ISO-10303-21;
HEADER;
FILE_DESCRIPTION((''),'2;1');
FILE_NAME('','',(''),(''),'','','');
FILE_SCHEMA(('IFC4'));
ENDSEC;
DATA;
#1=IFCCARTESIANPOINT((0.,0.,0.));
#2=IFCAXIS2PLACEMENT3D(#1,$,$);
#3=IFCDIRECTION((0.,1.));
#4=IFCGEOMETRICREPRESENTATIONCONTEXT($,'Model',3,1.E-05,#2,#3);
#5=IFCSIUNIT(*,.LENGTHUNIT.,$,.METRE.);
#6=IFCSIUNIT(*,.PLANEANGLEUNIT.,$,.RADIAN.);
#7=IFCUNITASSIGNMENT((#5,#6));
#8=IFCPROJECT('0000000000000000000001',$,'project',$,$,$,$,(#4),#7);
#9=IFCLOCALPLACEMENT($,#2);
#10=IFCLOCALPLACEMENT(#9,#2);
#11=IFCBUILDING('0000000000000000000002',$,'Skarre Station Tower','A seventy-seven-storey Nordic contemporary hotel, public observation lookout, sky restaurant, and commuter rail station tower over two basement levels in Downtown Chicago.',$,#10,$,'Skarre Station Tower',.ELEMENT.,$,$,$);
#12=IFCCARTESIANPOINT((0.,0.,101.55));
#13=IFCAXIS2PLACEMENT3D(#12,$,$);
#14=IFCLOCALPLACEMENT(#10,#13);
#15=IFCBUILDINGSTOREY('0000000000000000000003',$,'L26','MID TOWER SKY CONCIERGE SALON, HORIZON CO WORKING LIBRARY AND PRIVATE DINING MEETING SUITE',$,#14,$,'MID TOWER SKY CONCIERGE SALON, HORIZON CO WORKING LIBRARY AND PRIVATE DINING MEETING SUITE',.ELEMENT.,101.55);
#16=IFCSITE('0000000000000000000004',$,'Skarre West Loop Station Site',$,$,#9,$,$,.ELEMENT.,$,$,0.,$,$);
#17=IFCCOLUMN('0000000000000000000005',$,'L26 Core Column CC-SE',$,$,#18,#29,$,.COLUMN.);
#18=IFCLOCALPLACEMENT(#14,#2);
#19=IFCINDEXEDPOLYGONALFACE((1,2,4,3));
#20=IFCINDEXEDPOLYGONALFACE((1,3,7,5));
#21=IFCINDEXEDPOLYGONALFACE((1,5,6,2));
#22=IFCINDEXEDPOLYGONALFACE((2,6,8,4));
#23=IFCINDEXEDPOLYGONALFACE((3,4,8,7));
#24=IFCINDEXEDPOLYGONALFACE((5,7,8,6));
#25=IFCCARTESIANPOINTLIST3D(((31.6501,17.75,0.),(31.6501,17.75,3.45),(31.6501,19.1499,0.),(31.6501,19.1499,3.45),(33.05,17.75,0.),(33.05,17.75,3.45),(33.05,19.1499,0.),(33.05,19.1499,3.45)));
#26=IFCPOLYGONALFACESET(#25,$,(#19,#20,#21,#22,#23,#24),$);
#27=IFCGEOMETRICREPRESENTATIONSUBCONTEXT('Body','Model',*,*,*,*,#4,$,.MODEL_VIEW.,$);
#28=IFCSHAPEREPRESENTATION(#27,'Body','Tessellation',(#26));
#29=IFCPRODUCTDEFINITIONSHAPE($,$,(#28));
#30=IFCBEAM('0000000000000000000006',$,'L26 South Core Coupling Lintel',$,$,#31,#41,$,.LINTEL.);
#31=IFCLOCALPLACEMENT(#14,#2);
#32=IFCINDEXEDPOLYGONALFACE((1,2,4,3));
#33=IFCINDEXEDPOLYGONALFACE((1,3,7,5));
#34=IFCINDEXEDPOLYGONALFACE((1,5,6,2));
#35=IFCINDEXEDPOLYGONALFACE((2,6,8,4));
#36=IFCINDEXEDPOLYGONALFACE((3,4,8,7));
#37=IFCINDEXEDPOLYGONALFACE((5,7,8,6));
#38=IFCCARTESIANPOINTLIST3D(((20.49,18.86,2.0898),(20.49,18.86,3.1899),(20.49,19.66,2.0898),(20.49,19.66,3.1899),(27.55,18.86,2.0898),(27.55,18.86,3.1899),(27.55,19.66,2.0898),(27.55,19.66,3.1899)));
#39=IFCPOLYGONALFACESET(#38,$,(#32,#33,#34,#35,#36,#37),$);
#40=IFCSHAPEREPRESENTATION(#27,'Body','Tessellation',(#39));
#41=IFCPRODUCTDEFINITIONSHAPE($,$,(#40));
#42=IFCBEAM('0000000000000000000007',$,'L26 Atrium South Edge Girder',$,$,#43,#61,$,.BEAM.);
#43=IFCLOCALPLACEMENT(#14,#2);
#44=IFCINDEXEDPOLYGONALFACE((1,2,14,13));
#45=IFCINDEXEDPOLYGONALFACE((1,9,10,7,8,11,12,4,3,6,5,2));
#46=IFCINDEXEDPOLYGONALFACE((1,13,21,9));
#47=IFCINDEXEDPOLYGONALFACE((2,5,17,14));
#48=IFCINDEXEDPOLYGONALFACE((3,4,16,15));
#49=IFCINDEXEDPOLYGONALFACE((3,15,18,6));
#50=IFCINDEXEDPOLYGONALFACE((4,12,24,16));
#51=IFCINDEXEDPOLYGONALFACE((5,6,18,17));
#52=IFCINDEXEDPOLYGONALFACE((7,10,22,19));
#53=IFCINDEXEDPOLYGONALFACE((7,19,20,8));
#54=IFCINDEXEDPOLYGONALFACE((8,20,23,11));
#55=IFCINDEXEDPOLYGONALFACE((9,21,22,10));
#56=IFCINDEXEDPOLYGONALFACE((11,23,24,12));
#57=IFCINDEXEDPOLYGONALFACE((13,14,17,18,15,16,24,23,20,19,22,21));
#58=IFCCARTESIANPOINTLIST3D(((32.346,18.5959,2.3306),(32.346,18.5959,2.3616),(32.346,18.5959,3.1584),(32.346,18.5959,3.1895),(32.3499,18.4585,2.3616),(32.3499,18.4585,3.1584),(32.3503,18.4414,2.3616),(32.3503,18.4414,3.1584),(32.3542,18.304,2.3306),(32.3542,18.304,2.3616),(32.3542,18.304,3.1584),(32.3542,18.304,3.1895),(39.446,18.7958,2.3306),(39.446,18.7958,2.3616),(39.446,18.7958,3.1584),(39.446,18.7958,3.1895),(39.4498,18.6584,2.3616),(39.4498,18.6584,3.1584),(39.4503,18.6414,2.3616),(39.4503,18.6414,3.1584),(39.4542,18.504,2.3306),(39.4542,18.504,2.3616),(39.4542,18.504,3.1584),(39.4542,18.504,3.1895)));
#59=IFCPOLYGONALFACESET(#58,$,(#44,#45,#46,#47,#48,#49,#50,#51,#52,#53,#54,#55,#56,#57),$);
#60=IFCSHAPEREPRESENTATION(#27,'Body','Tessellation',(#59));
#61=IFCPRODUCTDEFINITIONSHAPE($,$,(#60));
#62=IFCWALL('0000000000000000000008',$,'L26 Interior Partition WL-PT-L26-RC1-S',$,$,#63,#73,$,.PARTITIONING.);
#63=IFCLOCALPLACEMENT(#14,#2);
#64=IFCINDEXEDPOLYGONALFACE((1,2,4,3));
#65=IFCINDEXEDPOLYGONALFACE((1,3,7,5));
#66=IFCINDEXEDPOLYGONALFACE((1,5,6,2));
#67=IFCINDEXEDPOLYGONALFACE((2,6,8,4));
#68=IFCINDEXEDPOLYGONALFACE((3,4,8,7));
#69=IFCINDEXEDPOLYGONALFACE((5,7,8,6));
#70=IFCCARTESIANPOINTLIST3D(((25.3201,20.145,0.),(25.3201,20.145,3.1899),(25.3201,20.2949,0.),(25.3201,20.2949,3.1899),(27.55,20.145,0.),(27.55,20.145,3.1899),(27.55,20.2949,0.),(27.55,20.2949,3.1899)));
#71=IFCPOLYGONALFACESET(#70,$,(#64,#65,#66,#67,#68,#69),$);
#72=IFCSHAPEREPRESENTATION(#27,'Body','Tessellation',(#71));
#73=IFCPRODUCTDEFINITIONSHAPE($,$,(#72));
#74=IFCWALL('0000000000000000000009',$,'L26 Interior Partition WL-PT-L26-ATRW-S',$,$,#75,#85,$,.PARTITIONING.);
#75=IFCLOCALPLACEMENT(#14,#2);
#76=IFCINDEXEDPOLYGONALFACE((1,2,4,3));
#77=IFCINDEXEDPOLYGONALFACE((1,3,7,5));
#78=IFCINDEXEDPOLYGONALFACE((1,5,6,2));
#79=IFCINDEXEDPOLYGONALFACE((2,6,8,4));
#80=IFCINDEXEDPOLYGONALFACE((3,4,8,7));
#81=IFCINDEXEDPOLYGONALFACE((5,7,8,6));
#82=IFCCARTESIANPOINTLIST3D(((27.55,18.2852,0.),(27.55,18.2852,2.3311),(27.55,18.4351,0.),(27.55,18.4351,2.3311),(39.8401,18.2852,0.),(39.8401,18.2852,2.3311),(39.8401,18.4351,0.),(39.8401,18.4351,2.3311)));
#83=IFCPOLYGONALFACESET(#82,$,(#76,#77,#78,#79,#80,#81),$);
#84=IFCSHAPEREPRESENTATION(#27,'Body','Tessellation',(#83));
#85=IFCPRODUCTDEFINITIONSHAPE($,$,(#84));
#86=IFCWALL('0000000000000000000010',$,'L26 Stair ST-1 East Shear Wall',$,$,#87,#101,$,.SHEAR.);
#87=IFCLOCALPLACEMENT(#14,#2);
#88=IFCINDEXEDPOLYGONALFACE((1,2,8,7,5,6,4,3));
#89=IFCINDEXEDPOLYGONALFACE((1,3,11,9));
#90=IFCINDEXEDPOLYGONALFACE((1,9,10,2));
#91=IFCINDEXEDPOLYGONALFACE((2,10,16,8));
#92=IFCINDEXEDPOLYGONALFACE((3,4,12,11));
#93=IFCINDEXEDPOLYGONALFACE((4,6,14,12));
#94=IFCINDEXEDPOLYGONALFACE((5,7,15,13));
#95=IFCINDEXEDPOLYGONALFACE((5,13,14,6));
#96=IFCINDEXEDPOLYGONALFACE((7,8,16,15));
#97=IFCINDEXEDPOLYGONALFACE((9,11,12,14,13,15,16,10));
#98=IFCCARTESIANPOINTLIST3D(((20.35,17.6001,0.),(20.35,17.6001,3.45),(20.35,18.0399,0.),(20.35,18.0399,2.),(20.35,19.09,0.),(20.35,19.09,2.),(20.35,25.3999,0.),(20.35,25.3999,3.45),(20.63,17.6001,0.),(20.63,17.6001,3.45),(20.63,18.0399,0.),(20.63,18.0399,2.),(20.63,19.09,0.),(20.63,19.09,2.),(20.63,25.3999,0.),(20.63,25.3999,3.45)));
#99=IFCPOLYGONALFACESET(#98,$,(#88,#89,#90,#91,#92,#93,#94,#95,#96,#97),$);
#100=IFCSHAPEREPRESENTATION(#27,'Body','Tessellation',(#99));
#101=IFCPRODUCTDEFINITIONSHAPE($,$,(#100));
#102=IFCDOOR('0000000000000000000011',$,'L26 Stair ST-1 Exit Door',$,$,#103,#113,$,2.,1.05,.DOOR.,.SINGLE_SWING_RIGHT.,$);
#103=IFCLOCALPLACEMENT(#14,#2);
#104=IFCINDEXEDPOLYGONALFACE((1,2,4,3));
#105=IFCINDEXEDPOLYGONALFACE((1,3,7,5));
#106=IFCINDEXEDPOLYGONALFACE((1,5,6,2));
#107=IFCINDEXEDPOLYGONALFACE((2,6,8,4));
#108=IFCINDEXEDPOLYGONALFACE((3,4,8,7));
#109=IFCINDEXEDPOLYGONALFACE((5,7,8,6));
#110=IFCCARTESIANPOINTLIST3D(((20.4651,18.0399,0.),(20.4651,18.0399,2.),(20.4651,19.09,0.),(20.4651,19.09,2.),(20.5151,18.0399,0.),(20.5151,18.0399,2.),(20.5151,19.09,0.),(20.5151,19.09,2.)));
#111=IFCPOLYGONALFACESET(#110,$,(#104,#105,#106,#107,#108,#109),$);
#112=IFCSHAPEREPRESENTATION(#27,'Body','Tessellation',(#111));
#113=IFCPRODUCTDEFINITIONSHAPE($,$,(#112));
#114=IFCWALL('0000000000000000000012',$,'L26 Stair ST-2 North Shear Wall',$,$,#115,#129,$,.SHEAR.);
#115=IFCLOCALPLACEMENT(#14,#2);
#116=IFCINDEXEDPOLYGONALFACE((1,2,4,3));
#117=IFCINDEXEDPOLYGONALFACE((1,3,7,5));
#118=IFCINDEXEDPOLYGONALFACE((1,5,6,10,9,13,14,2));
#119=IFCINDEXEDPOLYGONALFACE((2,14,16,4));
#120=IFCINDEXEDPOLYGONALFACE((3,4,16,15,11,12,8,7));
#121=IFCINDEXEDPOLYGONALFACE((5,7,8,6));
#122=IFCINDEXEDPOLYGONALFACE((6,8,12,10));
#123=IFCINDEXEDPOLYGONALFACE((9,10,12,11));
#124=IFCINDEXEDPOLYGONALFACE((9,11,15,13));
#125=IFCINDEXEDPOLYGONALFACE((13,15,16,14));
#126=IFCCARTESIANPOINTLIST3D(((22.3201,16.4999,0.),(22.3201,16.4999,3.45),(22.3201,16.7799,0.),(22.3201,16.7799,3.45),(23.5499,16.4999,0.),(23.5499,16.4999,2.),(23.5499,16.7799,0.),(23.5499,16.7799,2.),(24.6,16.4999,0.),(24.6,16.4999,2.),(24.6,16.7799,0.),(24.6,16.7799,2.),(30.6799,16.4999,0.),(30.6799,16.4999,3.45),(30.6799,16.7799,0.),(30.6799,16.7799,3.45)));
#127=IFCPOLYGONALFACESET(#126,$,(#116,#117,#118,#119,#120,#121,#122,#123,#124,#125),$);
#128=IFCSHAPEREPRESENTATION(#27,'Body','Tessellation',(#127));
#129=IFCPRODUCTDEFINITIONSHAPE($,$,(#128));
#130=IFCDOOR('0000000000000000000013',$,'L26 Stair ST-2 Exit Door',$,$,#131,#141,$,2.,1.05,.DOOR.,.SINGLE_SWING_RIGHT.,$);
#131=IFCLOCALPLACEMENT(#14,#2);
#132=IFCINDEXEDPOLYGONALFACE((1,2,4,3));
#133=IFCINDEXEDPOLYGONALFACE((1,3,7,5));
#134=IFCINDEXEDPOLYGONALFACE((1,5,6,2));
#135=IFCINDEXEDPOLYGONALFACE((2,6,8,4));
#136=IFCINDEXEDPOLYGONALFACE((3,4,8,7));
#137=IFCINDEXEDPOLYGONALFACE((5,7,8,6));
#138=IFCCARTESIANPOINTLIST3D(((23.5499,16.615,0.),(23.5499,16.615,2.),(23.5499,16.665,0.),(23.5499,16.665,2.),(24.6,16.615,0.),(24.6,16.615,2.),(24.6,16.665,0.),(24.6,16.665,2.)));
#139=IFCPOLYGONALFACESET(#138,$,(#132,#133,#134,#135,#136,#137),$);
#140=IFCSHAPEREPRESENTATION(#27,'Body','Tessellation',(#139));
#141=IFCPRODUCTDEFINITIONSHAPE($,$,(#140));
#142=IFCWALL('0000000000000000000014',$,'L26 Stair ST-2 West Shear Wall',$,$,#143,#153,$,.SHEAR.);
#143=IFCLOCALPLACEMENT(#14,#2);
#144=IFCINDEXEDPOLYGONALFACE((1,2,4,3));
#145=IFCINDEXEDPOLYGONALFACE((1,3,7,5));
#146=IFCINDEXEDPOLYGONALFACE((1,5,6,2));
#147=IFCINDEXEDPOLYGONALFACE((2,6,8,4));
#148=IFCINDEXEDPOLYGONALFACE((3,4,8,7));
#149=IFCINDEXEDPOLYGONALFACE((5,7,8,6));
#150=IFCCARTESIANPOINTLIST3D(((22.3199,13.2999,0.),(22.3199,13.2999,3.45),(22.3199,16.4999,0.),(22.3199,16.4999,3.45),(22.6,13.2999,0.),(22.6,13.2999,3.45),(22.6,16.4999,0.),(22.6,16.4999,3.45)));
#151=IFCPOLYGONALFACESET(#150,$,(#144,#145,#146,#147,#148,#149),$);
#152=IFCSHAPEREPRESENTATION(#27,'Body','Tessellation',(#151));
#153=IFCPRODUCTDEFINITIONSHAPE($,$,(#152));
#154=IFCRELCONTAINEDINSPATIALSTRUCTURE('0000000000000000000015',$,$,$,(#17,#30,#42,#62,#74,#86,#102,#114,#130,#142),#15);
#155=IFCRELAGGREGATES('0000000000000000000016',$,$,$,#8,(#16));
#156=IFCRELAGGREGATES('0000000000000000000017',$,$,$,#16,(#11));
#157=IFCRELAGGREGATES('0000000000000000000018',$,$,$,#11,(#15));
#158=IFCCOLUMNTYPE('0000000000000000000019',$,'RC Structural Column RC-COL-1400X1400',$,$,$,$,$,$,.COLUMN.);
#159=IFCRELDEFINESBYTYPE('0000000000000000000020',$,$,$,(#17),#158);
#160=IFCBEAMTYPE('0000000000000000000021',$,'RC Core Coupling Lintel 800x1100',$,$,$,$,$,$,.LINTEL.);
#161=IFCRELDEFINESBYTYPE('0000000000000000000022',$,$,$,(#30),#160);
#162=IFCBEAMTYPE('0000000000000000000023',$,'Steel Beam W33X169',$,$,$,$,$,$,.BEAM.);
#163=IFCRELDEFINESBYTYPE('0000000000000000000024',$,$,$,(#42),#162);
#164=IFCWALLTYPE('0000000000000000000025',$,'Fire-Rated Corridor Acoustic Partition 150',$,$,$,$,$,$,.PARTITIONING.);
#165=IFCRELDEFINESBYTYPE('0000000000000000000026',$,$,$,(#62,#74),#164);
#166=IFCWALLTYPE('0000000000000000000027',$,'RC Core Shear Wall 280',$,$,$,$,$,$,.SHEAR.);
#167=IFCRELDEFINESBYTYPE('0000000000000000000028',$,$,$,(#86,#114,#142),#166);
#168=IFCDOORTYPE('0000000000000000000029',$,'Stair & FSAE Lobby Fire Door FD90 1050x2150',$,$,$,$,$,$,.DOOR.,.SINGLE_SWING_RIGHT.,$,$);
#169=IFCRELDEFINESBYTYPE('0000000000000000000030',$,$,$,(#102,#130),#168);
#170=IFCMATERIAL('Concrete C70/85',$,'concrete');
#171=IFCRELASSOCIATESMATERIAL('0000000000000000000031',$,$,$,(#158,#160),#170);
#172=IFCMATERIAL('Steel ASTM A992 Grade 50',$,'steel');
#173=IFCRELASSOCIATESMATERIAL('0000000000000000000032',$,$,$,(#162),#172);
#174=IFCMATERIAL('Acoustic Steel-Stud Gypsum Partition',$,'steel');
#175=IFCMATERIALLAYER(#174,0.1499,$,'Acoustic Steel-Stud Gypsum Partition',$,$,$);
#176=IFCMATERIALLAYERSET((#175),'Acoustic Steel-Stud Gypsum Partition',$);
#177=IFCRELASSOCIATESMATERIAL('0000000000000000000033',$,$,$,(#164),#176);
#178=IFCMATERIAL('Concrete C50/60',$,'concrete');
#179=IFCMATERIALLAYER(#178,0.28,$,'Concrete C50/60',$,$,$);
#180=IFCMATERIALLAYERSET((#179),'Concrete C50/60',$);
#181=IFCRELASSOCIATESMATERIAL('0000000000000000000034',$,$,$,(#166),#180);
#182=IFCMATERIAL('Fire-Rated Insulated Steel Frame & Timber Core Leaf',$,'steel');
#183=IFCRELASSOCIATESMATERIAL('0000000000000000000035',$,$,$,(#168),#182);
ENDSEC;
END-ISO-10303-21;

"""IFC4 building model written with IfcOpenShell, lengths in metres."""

from ifc_helpers import new_model, si_unit, direction, frame, frame_2d, origin, origin_2d, place, context, subcontext, project, spatial, rectangle, i_section, extrude, material, layer, layer_set, material_profile, profile_set, type_object, element, fill, save


model = new_model("IFC4")

# Units and contexts
model_context = context("Model", 3, precision=1e-05, world=origin(), true_north=direction((0.0, 1.0)))
body_context = subcontext(model_context, "Body", "Model", "MODEL_VIEW")
ifc_project = project(units=[si_unit("LENGTHUNIT", "METRE"), si_unit("PLANEANGLEUNIT", "RADIAN")], contexts=[model_context])

# Site, building, storey
site_placement = place(None, origin())
site = spatial("IfcSite", under=ifc_project, at=site_placement, Name="Skarre West Loop Station Site", CompositionType="ELEMENT", RefElevation=0.0)
building_placement = place(site_placement, origin())
building = spatial("IfcBuilding", under=site, at=building_placement, Name="Skarre Station Tower", Description="A seventy-seven-storey Nordic contemporary hotel, public observation lookout, sky restaurant, and commuter rail station tower over two basement levels in Downtown Chicago.", LongName="Skarre Station Tower", CompositionType="ELEMENT")
storey_placement = place(building_placement, frame((0.0, 0.0, 101.55)))
storey = spatial("IfcBuildingStorey", under=building, at=storey_placement, Name="L26", Description="MID TOWER SKY CONCIERGE SALON, HORIZON CO WORKING LIBRARY AND PRIVATE DINING MEETING SUITE", LongName="MID TOWER SKY CONCIERGE SALON, HORIZON CO WORKING LIBRARY AND PRIVATE DINING MEETING SUITE", CompositionType="ELEMENT", Elevation=101.55)

# Column
ifc_material_1 = material(Name="Concrete C70/85", Category="concrete")
ifc_material_profile_1 = material_profile(ifc_material_1, rectangle(XDim=1.3999, YDim=1.3999, at=origin_2d()), Name="Concrete C70/85")
ifc_profile_set_1 = profile_set([ifc_material_profile_1], Name="Concrete C70/85")
column_type = type_object("IfcColumnType", Name="RC Structural Column RC-COL-1400X1400", PredefinedType="COLUMN", material=ifc_profile_set_1)
column_placement = place(storey_placement, frame((32.3501, 18.45, 0.0), z_axis=(0.0, 0.0, 1.0), x_axis=(1.0, 0.0, 0.0)))
element("IfcColumn", 1, at=column_placement, inside=storey, type_object=column_type, Name="L26 Core Column CC-SE", PredefinedType="COLUMN", context=body_context, shape_type="SweptSolid", body=[
    extrude(rectangle(XDim=1.3999, YDim=1.3999, at=origin_2d()), origin(), (0.0, 0.0, 1.0), 3.45),
])

# Beams
ifc_material_profile_2 = material_profile(ifc_material_1, rectangle(XDim=0.8, YDim=1.1001, at=origin_2d()), Name="Concrete C70/85")
ifc_profile_set_2 = profile_set([ifc_material_profile_2], Name="Concrete C70/85")
beam_type_1 = type_object("IfcBeamType", Name="RC Core Coupling Lintel 800x1100", PredefinedType="LINTEL", material=ifc_profile_set_2)
beam_1_placement = place(storey_placement, frame((20.49, 19.26, 2.6399), z_axis=(1.0, 0.0, 0.0), x_axis=(0.0, 1.0, 0.0)))
element("IfcBeam", 2, at=beam_1_placement, inside=storey, type_object=beam_type_1, Name="L26 South Core Coupling Lintel", PredefinedType="LINTEL", context=body_context, shape_type="SweptSolid", body=[
    extrude(rectangle(XDim=0.8, YDim=1.1001, at=origin_2d()), origin(), (0.0, 0.0, 1.0), 7.0601),
])
ifc_material_2 = material(Name="Steel ASTM A992 Grade 50", Category="steel")
ifc_material_profile_3 = material_profile(ifc_material_2, i_section(OverallWidth=0.292, OverallDepth=0.8589, WebThickness=0.0171, FlangeThickness=0.031, at=origin_2d()), Name="Steel ASTM A992 Grade 50")
ifc_profile_set_3 = profile_set([ifc_material_profile_3], Name="Steel ASTM A992 Grade 50")
beam_type_2 = type_object("IfcBeamType", Name="Steel Beam W33X169", PredefinedType="BEAM", material=ifc_profile_set_3)
beam_2_placement = place(storey_placement, frame((32.3501, 18.45, 2.76), z_axis=(0.999604, 0.028152, 0.0), x_axis=(-0.028152, 0.999604, 0.0)))
element("IfcBeam", 3, at=beam_2_placement, inside=storey, type_object=beam_type_2, Name="L26 Atrium South Edge Girder", PredefinedType="BEAM", context=body_context, shape_type="SweptSolid", body=[
    extrude(i_section(OverallWidth=0.292, OverallDepth=0.8589, WebThickness=0.0171, FlangeThickness=0.031, at=origin_2d()), origin(), (0.0, 0.0, 1.0), 7.1028),
])

# Walls
ifc_material_3 = material(Name="Acoustic Steel-Stud Gypsum Partition", Category="steel")
ifc_layer_1 = layer(ifc_material_3, 0.1499, Name="Acoustic Steel-Stud Gypsum Partition")
ifc_layer_set_1 = layer_set([ifc_layer_1], Name="Acoustic Steel-Stud Gypsum Partition")
wall_type_1 = type_object("IfcWallType", Name="Fire-Rated Corridor Acoustic Partition 150", PredefinedType="PARTITIONING", material=ifc_layer_set_1)
wall_1_placement = place(storey_placement, frame((25.3201, 20.22, 0.0), z_axis=(0.0, 0.0, 1.0), x_axis=(1.0, 0.0, 0.0)))
element("IfcWall", 4, at=wall_1_placement, inside=storey, type_object=wall_type_1, Name="L26 Interior Partition WL-PT-L26-RC1-S", PredefinedType="PARTITIONING", context=body_context, shape_type="SweptSolid", body=[
    extrude(rectangle(XDim=2.23, YDim=0.1499, at=frame_2d((1.115, 0.0))), origin(), (0.0, 0.0, 1.0), 3.1899),
])
wall_2_placement = place(storey_placement, frame((27.55, 18.3601, 0.0), z_axis=(0.0, 0.0, 1.0), x_axis=(1.0, 0.0, 0.0)))
element("IfcWall", 5, at=wall_2_placement, inside=storey, type_object=wall_type_1, Name="L26 Interior Partition WL-PT-L26-ATRW-S", PredefinedType="PARTITIONING", context=body_context, shape_type="SweptSolid", body=[
    extrude(rectangle(XDim=12.29, YDim=0.1499, at=frame_2d((6.145, 0.0))), origin(), (0.0, 0.0, 1.0), 2.3311),
])

# Walls, openings, doors
ifc_material_4 = material(Name="Concrete C50/60", Category="concrete")
ifc_layer_2 = layer(ifc_material_4, 0.28, Name="Concrete C50/60")
ifc_layer_set_2 = layer_set([ifc_layer_2], Name="Concrete C50/60")
wall_type_2 = type_object("IfcWallType", Name="RC Core Shear Wall 280", PredefinedType="SHEAR", material=ifc_layer_set_2)
wall_3_placement = place(storey_placement, frame((20.49, 17.6001, 0.0), z_axis=(0.0, 0.0, 1.0), x_axis=(0.0, 1.0, 0.0)))
wall_3 = element("IfcWall", 6, at=wall_3_placement, inside=storey, type_object=wall_type_2, Name="L26 Stair ST-1 East Shear Wall", PredefinedType="SHEAR", context=body_context, shape_type="SweptSolid", body=[
    extrude(rectangle(XDim=7.7998, YDim=0.28, at=frame_2d((3.8999, 0.0))), origin(), (0.0, 0.0, 1.0), 3.45),
])
opening_1_placement = place(wall_3_placement, frame((0.4399, 0.0, 0.0)))
opening_1 = element("IfcOpeningElement", 7, at=opening_1_placement, cuts=wall_3, PredefinedType="OPENING", context=body_context, shape_type="SweptSolid", body=[
    extrude(rectangle(XDim=1.05, YDim=2.0, at=frame_2d((0.5249, 1.0))), frame((0.0, 0.1499, 0.0), z_axis=(0.0, -1.0, 0.0), x_axis=(1.0, 0.0, 0.0)), (0.0, 0.0, 1.0), 0.3),
])
ifc_material_5 = material(Name="Fire-Rated Insulated Steel Frame & Timber Core Leaf", Category="steel")
door_type_1 = type_object("IfcDoorType", Name="Stair & FSAE Lobby Fire Door FD90 1050x2150", OperationType="SINGLE_SWING_RIGHT", PredefinedType="DOOR", material=ifc_material_5)
door_1_placement = place(opening_1_placement, origin())
door_1 = element("IfcDoor", 8, at=door_1_placement, inside=storey, type_object=door_type_1, Name="L26 Stair ST-1 Exit Door", OperationType="SINGLE_SWING_RIGHT", OverallHeight=2.0, OverallWidth=1.05, PredefinedType="DOOR", context=body_context, shape_type="SweptSolid", body=[
    extrude(rectangle(XDim=1.05, YDim=2.0, at=frame_2d((0.5249, 1.0))), frame((0.0, 0.0249, 0.0), z_axis=(0.0, -1.0, 0.0), x_axis=(1.0, 0.0, 0.0)), (0.0, 0.0, 1.0), 0.05),
])
fill(opening_1, door_1)
wall_4_placement = place(storey_placement, frame((30.6799, 16.6399, 0.0), z_axis=(0.0, 0.0, 1.0), x_axis=(-1.0, 0.0, 0.0)))
wall_4 = element("IfcWall", 9, at=wall_4_placement, inside=storey, type_object=wall_type_2, Name="L26 Stair ST-2 North Shear Wall", PredefinedType="SHEAR", context=body_context, shape_type="SweptSolid", body=[
    extrude(rectangle(XDim=8.3599, YDim=0.28, at=frame_2d((4.1799, 0.0))), origin(), (0.0, 0.0, 1.0), 3.45),
])
opening_2_placement = place(wall_4_placement, frame((6.0801, 0.0, 0.0)))
opening_2 = element("IfcOpeningElement", 10, at=opening_2_placement, cuts=wall_4, PredefinedType="OPENING", context=body_context, shape_type="SweptSolid", body=[
    extrude(rectangle(XDim=1.05, YDim=2.0, at=frame_2d((0.5249, 1.0))), frame((0.0, 0.1499, 0.0), z_axis=(0.0, -1.0, 0.0), x_axis=(1.0, 0.0, 0.0)), (0.0, 0.0, 1.0), 0.3),
])
door_2_placement = place(opening_2_placement, origin())
door_2 = element("IfcDoor", 11, at=door_2_placement, inside=storey, type_object=door_type_1, Name="L26 Stair ST-2 Exit Door", OperationType="SINGLE_SWING_RIGHT", OverallHeight=2.0, OverallWidth=1.05, PredefinedType="DOOR", context=body_context, shape_type="SweptSolid", body=[
    extrude(rectangle(XDim=1.05, YDim=2.0, at=frame_2d((0.5249, 1.0))), frame((0.0, 0.0249, 0.0), z_axis=(0.0, -1.0, 0.0), x_axis=(1.0, 0.0, 0.0)), (0.0, 0.0, 1.0), 0.05),
])
fill(opening_2, door_2)

# Wall
wall_5_placement = place(storey_placement, frame((22.46, 16.5, 0.0), z_axis=(0.0, 0.0, 1.0), x_axis=(0.0, -1.0, 0.0)))
element("IfcWall", 12, at=wall_5_placement, inside=storey, type_object=wall_type_2, Name="L26 Stair ST-2 West Shear Wall", PredefinedType="SHEAR", context=body_context, shape_type="SweptSolid", body=[
    extrude(rectangle(XDim=3.2, YDim=0.28, at=frame_2d((1.6001, 0.0))), origin(), (0.0, 0.0, 1.0), 3.45),
])

save(model, "model.ifc")
